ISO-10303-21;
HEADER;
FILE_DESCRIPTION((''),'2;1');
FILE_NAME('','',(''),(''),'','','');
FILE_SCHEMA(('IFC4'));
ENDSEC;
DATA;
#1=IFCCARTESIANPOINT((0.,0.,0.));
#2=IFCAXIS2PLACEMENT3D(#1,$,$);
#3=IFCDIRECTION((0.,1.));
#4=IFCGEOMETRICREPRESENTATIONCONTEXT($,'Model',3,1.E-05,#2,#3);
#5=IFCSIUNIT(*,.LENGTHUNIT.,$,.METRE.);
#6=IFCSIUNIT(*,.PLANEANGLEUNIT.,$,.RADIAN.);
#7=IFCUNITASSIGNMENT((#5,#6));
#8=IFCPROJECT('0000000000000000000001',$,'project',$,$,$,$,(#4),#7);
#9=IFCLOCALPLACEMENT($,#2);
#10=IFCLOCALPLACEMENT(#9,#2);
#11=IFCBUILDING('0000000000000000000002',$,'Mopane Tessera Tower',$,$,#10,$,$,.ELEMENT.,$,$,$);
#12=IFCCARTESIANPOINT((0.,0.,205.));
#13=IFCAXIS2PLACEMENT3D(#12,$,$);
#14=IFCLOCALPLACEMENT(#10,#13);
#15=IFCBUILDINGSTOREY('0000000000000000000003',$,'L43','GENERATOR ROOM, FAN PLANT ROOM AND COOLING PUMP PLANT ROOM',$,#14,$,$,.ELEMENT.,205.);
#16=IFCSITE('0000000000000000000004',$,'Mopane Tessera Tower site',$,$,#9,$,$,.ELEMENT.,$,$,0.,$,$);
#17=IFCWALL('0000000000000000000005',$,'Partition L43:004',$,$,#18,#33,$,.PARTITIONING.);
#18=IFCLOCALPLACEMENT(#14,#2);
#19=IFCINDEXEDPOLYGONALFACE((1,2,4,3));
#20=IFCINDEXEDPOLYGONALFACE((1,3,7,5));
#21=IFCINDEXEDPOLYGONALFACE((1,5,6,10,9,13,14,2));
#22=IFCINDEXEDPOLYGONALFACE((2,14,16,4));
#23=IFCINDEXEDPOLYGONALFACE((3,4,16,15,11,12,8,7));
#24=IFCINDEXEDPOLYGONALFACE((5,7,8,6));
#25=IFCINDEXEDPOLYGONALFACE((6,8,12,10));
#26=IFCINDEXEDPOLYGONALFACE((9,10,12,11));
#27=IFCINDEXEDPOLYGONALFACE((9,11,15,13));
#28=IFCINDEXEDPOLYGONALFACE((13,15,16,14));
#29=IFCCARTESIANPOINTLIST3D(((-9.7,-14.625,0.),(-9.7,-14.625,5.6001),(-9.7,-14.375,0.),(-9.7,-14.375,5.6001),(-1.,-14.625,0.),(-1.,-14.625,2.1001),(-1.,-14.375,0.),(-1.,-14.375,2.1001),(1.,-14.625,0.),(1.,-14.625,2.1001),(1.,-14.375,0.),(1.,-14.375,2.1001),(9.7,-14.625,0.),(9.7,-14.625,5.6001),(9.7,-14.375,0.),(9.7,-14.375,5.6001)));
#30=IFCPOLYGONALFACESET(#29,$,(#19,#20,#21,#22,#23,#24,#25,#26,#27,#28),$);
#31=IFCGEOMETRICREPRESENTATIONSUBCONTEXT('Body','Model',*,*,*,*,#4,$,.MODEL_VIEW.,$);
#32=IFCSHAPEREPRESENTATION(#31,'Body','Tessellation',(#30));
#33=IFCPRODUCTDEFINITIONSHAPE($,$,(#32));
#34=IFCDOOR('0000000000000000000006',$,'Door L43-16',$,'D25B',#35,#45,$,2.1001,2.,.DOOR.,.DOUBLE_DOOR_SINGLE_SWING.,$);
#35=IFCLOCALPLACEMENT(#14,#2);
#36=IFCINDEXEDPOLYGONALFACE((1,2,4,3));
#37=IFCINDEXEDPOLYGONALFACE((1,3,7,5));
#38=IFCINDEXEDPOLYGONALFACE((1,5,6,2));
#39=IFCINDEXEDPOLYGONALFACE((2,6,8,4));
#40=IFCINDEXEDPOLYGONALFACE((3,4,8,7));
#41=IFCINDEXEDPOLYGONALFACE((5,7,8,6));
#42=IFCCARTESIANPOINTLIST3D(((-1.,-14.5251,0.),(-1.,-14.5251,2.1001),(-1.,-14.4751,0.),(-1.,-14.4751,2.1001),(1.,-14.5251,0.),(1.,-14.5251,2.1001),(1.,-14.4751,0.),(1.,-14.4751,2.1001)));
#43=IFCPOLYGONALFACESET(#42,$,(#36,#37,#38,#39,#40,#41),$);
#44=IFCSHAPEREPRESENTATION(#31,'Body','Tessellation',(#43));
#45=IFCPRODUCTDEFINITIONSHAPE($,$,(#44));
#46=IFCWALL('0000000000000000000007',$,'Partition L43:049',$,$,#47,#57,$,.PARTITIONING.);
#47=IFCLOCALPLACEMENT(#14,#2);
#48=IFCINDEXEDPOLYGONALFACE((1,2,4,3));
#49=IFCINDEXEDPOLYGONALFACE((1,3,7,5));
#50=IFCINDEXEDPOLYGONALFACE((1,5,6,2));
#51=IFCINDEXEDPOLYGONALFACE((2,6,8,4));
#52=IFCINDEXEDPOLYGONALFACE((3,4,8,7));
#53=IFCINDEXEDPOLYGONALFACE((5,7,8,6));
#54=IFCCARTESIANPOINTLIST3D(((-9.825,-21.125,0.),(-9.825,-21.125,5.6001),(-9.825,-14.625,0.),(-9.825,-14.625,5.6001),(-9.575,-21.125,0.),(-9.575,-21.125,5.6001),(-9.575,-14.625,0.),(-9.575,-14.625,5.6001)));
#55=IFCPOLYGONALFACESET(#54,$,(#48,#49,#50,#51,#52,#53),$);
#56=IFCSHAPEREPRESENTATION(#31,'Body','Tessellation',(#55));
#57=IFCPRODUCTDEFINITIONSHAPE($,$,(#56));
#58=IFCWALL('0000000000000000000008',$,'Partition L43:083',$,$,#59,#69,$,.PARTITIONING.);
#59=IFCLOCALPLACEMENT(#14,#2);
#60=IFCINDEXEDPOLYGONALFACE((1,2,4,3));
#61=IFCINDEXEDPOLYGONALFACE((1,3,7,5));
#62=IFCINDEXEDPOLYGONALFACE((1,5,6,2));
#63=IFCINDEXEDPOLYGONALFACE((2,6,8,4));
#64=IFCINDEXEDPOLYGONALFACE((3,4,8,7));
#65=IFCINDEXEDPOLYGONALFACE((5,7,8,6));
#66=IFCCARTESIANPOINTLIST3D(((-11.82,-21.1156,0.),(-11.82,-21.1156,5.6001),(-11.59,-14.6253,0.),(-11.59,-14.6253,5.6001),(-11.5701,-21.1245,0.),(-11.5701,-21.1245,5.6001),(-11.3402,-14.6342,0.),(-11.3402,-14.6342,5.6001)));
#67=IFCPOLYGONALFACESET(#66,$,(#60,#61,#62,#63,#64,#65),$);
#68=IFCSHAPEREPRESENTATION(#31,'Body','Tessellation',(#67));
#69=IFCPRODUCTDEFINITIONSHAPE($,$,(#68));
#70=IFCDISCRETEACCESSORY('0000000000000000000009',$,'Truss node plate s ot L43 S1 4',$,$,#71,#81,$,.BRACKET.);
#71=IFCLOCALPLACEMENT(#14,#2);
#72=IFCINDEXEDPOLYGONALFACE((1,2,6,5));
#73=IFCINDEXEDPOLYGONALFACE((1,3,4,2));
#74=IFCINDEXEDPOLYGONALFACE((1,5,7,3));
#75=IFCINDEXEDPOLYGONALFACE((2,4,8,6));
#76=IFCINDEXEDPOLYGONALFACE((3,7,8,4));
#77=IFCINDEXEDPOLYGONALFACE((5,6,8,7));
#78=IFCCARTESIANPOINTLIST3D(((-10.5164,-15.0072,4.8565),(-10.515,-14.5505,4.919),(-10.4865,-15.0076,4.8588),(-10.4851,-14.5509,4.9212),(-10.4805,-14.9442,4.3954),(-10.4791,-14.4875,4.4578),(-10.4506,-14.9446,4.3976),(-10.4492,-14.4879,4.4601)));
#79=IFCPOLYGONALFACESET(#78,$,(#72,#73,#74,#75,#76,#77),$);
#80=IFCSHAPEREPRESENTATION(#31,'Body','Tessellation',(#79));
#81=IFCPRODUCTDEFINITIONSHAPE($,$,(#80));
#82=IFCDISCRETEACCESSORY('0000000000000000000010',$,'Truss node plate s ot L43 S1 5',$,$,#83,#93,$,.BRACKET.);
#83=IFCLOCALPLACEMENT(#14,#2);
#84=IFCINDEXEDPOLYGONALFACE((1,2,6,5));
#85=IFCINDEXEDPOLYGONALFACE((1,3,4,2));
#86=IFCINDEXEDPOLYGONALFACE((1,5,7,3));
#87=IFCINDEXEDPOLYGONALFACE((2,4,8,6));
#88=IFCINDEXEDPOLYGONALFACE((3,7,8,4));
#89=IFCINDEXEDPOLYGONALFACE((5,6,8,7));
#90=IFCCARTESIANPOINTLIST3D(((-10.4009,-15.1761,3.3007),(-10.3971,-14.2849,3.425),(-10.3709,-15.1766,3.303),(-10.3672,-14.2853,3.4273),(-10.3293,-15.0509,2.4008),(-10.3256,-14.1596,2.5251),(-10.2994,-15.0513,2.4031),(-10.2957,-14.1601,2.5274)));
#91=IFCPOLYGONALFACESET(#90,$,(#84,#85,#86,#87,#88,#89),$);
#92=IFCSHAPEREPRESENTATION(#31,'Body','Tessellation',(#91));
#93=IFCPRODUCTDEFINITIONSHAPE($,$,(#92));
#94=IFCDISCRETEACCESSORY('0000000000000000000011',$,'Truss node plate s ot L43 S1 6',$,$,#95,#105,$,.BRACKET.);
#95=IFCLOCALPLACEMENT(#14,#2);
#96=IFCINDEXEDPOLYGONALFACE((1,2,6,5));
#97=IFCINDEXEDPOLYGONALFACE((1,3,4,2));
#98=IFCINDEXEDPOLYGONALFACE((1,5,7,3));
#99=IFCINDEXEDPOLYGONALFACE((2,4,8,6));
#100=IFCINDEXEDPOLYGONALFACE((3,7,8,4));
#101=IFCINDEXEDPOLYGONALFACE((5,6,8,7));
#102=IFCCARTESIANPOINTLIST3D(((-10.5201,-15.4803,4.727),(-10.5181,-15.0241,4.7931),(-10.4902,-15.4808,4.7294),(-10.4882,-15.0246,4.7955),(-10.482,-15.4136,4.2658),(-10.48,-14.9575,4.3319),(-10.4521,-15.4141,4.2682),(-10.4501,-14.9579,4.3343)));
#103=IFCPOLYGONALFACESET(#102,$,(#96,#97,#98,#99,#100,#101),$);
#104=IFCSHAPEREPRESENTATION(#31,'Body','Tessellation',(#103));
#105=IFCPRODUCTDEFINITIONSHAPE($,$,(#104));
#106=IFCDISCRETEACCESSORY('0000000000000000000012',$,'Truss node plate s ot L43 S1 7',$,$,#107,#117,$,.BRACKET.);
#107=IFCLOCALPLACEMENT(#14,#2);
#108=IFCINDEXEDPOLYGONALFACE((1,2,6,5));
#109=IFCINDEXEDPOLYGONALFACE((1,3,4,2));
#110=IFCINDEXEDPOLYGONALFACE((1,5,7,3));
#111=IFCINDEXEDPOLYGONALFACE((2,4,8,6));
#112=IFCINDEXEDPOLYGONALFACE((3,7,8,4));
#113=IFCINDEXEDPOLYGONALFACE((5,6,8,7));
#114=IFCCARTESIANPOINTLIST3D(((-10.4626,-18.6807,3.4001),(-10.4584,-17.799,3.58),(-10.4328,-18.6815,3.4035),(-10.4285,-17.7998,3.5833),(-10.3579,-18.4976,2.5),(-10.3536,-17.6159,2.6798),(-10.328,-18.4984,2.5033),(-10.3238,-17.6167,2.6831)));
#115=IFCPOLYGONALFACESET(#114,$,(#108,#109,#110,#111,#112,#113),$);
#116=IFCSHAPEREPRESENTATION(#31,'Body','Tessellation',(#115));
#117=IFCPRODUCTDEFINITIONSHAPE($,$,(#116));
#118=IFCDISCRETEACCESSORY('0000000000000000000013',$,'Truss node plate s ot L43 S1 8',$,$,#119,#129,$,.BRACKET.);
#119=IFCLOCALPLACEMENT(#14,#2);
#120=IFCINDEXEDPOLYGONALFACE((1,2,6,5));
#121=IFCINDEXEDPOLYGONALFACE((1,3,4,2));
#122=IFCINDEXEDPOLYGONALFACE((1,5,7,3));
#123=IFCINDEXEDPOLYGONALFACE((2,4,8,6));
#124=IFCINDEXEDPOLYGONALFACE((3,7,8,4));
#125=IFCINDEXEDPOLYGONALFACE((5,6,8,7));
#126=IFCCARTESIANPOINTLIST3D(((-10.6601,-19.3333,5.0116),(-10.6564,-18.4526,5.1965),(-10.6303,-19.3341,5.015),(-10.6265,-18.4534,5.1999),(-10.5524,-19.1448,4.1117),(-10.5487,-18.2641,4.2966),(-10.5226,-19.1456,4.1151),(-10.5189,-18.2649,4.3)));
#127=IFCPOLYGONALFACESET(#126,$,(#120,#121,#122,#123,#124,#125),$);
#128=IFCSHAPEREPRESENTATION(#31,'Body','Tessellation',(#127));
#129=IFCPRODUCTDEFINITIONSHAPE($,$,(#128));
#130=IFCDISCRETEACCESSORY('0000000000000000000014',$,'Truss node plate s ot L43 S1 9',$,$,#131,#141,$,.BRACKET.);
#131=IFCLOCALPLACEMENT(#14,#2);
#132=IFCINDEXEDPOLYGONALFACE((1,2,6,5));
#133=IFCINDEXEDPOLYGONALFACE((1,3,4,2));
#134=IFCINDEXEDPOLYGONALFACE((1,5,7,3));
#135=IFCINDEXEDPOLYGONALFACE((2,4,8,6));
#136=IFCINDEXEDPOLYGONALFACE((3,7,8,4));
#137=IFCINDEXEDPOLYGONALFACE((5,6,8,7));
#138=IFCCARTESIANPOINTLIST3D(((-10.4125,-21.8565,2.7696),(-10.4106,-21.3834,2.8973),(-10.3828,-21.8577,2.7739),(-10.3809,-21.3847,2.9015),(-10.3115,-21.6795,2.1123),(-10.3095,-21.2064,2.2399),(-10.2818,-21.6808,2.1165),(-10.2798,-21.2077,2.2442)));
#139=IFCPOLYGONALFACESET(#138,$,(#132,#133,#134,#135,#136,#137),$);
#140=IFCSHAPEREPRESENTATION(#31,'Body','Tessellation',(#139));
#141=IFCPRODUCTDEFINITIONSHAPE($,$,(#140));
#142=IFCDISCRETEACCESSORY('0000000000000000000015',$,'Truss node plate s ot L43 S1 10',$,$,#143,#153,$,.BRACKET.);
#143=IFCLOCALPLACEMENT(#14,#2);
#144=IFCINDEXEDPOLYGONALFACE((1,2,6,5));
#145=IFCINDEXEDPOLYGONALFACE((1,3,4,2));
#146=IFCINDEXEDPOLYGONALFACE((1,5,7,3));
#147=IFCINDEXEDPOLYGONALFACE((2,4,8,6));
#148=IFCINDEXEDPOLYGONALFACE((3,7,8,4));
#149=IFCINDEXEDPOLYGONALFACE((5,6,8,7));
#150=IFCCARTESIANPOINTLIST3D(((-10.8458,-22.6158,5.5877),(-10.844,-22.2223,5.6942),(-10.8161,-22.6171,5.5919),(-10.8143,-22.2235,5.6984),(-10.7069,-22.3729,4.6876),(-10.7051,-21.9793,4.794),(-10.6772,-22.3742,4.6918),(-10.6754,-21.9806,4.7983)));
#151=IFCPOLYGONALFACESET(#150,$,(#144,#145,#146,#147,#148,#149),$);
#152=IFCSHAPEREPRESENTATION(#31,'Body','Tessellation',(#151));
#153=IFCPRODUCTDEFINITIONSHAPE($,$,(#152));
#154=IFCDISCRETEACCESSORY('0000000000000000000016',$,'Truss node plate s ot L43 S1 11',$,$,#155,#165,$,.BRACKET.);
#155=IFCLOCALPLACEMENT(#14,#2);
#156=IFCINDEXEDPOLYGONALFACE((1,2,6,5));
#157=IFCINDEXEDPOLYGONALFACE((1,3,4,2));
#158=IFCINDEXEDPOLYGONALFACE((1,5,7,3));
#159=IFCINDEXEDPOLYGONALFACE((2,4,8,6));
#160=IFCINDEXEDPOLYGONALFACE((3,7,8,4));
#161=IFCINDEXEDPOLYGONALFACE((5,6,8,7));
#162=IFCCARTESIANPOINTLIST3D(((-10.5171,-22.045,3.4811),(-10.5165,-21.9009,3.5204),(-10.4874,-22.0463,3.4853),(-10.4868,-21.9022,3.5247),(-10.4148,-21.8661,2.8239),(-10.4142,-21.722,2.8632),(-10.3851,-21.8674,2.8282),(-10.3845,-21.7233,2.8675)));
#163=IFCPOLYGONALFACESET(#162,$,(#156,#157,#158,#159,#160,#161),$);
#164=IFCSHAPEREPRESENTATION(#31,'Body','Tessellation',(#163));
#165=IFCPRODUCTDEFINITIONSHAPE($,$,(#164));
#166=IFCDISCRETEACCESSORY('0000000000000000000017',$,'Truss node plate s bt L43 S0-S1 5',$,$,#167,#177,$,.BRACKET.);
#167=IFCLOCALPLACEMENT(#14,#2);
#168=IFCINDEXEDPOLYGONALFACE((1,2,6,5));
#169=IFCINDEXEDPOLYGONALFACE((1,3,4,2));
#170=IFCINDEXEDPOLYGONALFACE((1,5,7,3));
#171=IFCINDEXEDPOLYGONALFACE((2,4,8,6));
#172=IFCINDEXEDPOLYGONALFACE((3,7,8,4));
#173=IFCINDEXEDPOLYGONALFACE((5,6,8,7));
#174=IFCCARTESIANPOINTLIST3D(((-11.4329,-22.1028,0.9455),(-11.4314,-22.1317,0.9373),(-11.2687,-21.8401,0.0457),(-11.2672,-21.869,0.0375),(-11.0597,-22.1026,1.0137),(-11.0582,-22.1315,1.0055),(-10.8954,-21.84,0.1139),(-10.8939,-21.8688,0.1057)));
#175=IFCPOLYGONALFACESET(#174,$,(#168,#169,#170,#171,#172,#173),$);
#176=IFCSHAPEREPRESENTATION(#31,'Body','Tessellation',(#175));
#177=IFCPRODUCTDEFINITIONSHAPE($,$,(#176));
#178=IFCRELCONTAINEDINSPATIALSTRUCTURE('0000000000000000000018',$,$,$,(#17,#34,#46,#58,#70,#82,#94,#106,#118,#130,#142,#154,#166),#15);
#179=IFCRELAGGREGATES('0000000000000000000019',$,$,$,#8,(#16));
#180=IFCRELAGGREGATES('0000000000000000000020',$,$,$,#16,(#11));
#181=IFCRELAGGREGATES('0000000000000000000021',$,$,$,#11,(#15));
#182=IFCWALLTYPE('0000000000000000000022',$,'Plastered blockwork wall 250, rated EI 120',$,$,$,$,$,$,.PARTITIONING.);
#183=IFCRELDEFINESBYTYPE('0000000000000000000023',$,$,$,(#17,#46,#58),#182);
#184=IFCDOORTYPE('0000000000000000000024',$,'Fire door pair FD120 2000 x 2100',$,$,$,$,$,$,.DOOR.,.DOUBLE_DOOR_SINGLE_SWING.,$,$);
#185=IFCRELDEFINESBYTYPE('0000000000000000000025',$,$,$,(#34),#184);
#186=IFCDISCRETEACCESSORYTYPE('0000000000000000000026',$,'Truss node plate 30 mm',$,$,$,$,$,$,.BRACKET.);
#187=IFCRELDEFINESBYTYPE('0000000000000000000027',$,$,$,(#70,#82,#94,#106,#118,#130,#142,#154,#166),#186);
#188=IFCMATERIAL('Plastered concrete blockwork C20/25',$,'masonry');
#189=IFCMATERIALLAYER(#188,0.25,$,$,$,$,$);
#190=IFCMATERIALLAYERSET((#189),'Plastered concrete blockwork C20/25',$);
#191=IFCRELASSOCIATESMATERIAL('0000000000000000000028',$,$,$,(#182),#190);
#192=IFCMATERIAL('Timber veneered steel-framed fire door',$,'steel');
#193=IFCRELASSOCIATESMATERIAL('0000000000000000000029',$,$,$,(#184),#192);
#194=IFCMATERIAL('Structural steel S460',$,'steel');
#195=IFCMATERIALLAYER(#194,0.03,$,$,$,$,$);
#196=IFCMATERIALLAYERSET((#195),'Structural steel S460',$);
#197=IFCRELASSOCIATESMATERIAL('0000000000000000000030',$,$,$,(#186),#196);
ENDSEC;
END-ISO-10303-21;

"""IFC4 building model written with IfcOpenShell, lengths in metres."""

from ifc_helpers import new_model, si_unit, direction, frame, frame_2d, origin, origin_2d, place, context, subcontext, project, spatial, rectangle, extrude, material, layer, layer_set, type_object, element, fill, save


model = new_model("IFC4")

# Units and contexts
model_context = context("Model", 3, precision=1e-05, world=origin(), true_north=direction((0.0, 1.0)))
body_context = subcontext(model_context, "Body", "Model", "MODEL_VIEW")
ifc_project = project(units=[si_unit("LENGTHUNIT", "METRE"), si_unit("PLANEANGLEUNIT", "RADIAN")], contexts=[model_context])

# Site, building, storey
site_placement = place(None, origin())
site = spatial("IfcSite", under=ifc_project, at=site_placement, Name="Mopane Tessera Tower site", CompositionType="ELEMENT", RefElevation=0.0)
building_placement = place(site_placement, origin())
building = spatial("IfcBuilding", under=site, at=building_placement, Name="Mopane Tessera Tower", CompositionType="ELEMENT")
storey_placement = place(building_placement, frame((0.0, 0.0, 205.0)))
storey = spatial("IfcBuildingStorey", under=building, at=storey_placement, Name="L43", Description="GENERATOR ROOM, FAN PLANT ROOM AND COOLING PUMP PLANT ROOM", CompositionType="ELEMENT", Elevation=205.0)

# Shared definitions
ifc_material_1 = material(Name="Plastered concrete blockwork C20/25", Category="masonry")
ifc_layer_1 = layer(ifc_material_1, 0.25)
ifc_layer_set_1 = layer_set([ifc_layer_1], Name="Plastered concrete blockwork C20/25")
wall_type = type_object("IfcWallType", Name="Plastered blockwork wall 250, rated EI 120", PredefinedType="PARTITIONING", material=ifc_layer_set_1)

# Wall, opening, door
wall_1_placement = place(storey_placement, frame((-9.7, -14.5, 0.0), z_axis=(0.0, 0.0, 1.0), x_axis=(1.0, 0.0, 0.0)))
wall_1 = element("IfcWall", 1, at=wall_1_placement, inside=storey, type_object=wall_type, Name="Partition L43:004", PredefinedType="PARTITIONING", context=body_context, shape_type="SweptSolid", body=[
    extrude(rectangle(XDim=19.3999, YDim=0.25, at=frame_2d((9.7, 0.0))), origin(), (0.0, 0.0, 1.0), 5.6001),
])
opening_placement = place(wall_1_placement, frame((8.7, 0.0, 0.0)))
opening = element("IfcOpeningElement", 2, at=opening_placement, cuts=wall_1, PredefinedType="OPENING", context=body_context, shape_type="SweptSolid", body=[
    extrude(rectangle(XDim=2.0, YDim=2.1001, at=frame_2d((1.0, 1.05))), frame((0.0, 0.137, 0.0), z_axis=(0.0, -1.0, 0.0), x_axis=(1.0, 0.0, 0.0)), (0.0, 0.0, 1.0), 0.2739),
])
ifc_material_2 = material(Name="Timber veneered steel-framed fire door", Category="steel")
door_type = type_object("IfcDoorType", Name="Fire door pair FD120 2000 x 2100", OperationType="DOUBLE_DOOR_SINGLE_SWING", PredefinedType="DOOR", material=ifc_material_2)
door_placement = place(opening_placement, origin())
door = element("IfcDoor", 3, at=door_placement, inside=storey, type_object=door_type, Name="Door L43-16", ObjectType="D25B", OperationType="DOUBLE_DOOR_SINGLE_SWING", OverallHeight=2.1001, OverallWidth=2.0, PredefinedType="DOOR", context=body_context, shape_type="SweptSolid", body=[
    extrude(rectangle(XDim=2.0, YDim=2.1001, at=frame_2d((1.0, 1.05))), frame((0.0, 0.0249, 0.0), z_axis=(0.0, -1.0, 0.0), x_axis=(1.0, 0.0, 0.0)), (0.0, 0.0, 1.0), 0.05),
])
fill(opening, door)

# Walls
wall_2_placement = place(storey_placement, frame((-9.7, -21.125, 0.0), z_axis=(0.0, 0.0, 1.0), x_axis=(0.0, 1.0, 0.0)))
element("IfcWall", 4, at=wall_2_placement, inside=storey, type_object=wall_type, Name="Partition L43:049", PredefinedType="PARTITIONING", context=body_context, shape_type="SweptSolid", body=[
    extrude(rectangle(XDim=6.5, YDim=0.25, at=frame_2d((3.25, 0.0))), origin(), (0.0, 0.0, 1.0), 5.6001),
])
wall_3_placement = place(storey_placement, frame((-11.4651, -14.6299, 0.0), z_axis=(0.0, 0.0, 1.0), x_axis=(-0.035413, -0.999373, 0.0)))
element("IfcWall", 5, at=wall_3_placement, inside=storey, type_object=wall_type, Name="Partition L43:083", PredefinedType="PARTITIONING", context=body_context, shape_type="SweptSolid", body=[
    extrude(rectangle(XDim=6.4944, YDim=0.25, at=frame_2d((3.2471, 0.0))), origin(), (0.0, 0.0, 1.0), 5.6001),
])

# Discrete accessories
ifc_material_3 = material(Name="Structural steel S460", Category="steel")
ifc_layer_2 = layer(ifc_material_3, 0.03)
ifc_layer_set_2 = layer_set([ifc_layer_2], Name="Structural steel S460")
discrete_accessory_type = type_object("IfcDiscreteAccessoryType", Name="Truss node plate 30 mm", PredefinedType="BRACKET", material=ifc_layer_set_2)
discrete_accessory_1_placement = place(storey_placement, frame((-10.4648, -14.7161, 4.4277), z_axis=(-0.076875, -0.134923, 0.987869), x_axis=(0.997036, -0.01345, 0.075751)))
element("IfcDiscreteAccessory", 6, at=discrete_accessory_1_placement, inside=storey, type_object=discrete_accessory_type, Name="Truss node plate s ot L43 S1 4", PredefinedType="BRACKET", context=body_context, shape_type="SweptSolid", body=[
    extrude(rectangle(XDim=0.03, YDim=0.4609, at=origin_2d()), origin(), (0.0, 0.0, 1.0), 0.4668),
])
discrete_accessory_2_placement = place(storey_placement, frame((-10.3125, -14.6055, 2.4641), z_axis=(-0.078488, -0.137421, 0.987398), x_axis=(0.996907, -0.014911, 0.077169)))
element("IfcDiscreteAccessory", 7, at=discrete_accessory_2_placement, inside=storey, type_object=discrete_accessory_type, Name="Truss node plate s ot L43 S1 5", PredefinedType="BRACKET", context=body_context, shape_type="SweptSolid", body=[
    extrude(rectangle(XDim=0.03, YDim=0.8999, at=origin_2d()), origin(), (0.0, 0.0, 1.0), 0.9114),
])
discrete_accessory_3_placement = place(storey_placement, frame((-10.4661, -15.1858, 4.3), z_axis=(-0.081463, -0.14256, 0.986428), x_axis=(0.996667, -0.015987, 0.079998)))
element("IfcDiscreteAccessory", 8, at=discrete_accessory_3_placement, inside=storey, type_object=discrete_accessory_type, Name="Truss node plate s ot L43 S1 6", PredefinedType="BRACKET", context=body_context, shape_type="SweptSolid", body=[
    extrude(rectangle(XDim=0.03, YDim=0.4609, at=origin_2d()), origin(), (0.0, 0.0, 1.0), 0.4675),
])
discrete_accessory_4_placement = place(storey_placement, frame((-10.3408, -18.0571, 2.5916), z_axis=(-0.113286, -0.198052, 0.973623), x_axis=(0.993551, -0.027227, 0.110066)))
element("IfcDiscreteAccessory", 9, at=discrete_accessory_4_placement, inside=storey, type_object=discrete_accessory_type, Name="Truss node plate s ot L43 S1 7", PredefinedType="BRACKET", context=body_context, shape_type="SweptSolid", body=[
    extrude(rectangle(XDim=0.03, YDim=0.8999, at=origin_2d()), origin(), (0.0, 0.0, 1.0), 0.9246),
])
discrete_accessory_5_placement = place(storey_placement, frame((-10.5356, -18.7048, 4.2058), z_axis=(-0.116306, -0.203602, 0.972121), x_axis=(0.993205, -0.027913, 0.112983)))
element("IfcDiscreteAccessory", 10, at=discrete_accessory_5_placement, inside=storey, type_object=discrete_accessory_type, Name="Truss node plate s ot L43 S1 8", PredefinedType="BRACKET", context=body_context, shape_type="SweptSolid", body=[
    extrude(rectangle(XDim=0.03, YDim=0.8999, at=origin_2d()), origin(), (0.0, 0.0, 1.0), 0.9258),
])
discrete_accessory_6_placement = place(storey_placement, frame((-10.2957, -21.4436, 2.1782), z_axis=(-0.146837, -0.257143, 0.955153), x_axis=(0.989153, -0.042003, 0.140756)))
element("IfcDiscreteAccessory", 11, at=discrete_accessory_6_placement, inside=storey, type_object=discrete_accessory_type, Name="Truss node plate s ot L43 S1 9", PredefinedType="BRACKET", context=body_context, shape_type="SweptSolid", body=[
    extrude(rectangle(XDim=0.03, YDim=0.49, at=origin_2d()), origin(), (0.0, 0.0, 1.0), 0.6882),
])
discrete_accessory_7_placement = place(storey_placement, frame((-10.6912, -22.1768, 4.7429), z_axis=(-0.147369, -0.257702, 0.95492), x_axis=(0.989071, -0.042816, 0.141085)))
element("IfcDiscreteAccessory", 12, at=discrete_accessory_7_placement, inside=storey, type_object=discrete_accessory_type, Name="Truss node plate s ot L43 S1 10", PredefinedType="BRACKET", context=body_context, shape_type="SweptSolid", body=[
    extrude(rectangle(XDim=0.03, YDim=0.4077, at=origin_2d()), origin(), (0.0, 0.0, 1.0), 0.9426),
])
discrete_accessory_8_placement = place(storey_placement, frame((-10.3997, -21.7947, 2.8457), z_axis=(-0.148513, -0.25981, 0.954171), x_axis=(0.988901, -0.043269, 0.142137)))
element("IfcDiscreteAccessory", 13, at=discrete_accessory_8_placement, inside=storey, type_object=discrete_accessory_type, Name="Truss node plate s ot L43 S1 11", PredefinedType="BRACKET", context=body_context, shape_type="SweptSolid", body=[
    extrude(rectangle(XDim=0.03, YDim=0.1494, at=origin_2d()), origin(), (0.0, 0.0, 1.0), 0.6887),
])
discrete_accessory_9_placement = place(storey_placement, frame((-11.0813, -21.8545, 0.0757), z_axis=(-0.172636, -0.276013, 0.945523), x_axis=(-0.050054, 0.961154, 0.271437)))
element("IfcDiscreteAccessory", 14, at=discrete_accessory_9_placement, inside=storey, type_object=discrete_accessory_type, Name="Truss node plate s bt L43 S0-S1 5", PredefinedType="BRACKET", context=body_context, shape_type="SweptSolid", body=[
    extrude(rectangle(XDim=0.03, YDim=0.3794, at=origin_2d()), origin(), (0.0, 0.0, 1.0), 0.9517),
])

save(model, "model.ifc")
